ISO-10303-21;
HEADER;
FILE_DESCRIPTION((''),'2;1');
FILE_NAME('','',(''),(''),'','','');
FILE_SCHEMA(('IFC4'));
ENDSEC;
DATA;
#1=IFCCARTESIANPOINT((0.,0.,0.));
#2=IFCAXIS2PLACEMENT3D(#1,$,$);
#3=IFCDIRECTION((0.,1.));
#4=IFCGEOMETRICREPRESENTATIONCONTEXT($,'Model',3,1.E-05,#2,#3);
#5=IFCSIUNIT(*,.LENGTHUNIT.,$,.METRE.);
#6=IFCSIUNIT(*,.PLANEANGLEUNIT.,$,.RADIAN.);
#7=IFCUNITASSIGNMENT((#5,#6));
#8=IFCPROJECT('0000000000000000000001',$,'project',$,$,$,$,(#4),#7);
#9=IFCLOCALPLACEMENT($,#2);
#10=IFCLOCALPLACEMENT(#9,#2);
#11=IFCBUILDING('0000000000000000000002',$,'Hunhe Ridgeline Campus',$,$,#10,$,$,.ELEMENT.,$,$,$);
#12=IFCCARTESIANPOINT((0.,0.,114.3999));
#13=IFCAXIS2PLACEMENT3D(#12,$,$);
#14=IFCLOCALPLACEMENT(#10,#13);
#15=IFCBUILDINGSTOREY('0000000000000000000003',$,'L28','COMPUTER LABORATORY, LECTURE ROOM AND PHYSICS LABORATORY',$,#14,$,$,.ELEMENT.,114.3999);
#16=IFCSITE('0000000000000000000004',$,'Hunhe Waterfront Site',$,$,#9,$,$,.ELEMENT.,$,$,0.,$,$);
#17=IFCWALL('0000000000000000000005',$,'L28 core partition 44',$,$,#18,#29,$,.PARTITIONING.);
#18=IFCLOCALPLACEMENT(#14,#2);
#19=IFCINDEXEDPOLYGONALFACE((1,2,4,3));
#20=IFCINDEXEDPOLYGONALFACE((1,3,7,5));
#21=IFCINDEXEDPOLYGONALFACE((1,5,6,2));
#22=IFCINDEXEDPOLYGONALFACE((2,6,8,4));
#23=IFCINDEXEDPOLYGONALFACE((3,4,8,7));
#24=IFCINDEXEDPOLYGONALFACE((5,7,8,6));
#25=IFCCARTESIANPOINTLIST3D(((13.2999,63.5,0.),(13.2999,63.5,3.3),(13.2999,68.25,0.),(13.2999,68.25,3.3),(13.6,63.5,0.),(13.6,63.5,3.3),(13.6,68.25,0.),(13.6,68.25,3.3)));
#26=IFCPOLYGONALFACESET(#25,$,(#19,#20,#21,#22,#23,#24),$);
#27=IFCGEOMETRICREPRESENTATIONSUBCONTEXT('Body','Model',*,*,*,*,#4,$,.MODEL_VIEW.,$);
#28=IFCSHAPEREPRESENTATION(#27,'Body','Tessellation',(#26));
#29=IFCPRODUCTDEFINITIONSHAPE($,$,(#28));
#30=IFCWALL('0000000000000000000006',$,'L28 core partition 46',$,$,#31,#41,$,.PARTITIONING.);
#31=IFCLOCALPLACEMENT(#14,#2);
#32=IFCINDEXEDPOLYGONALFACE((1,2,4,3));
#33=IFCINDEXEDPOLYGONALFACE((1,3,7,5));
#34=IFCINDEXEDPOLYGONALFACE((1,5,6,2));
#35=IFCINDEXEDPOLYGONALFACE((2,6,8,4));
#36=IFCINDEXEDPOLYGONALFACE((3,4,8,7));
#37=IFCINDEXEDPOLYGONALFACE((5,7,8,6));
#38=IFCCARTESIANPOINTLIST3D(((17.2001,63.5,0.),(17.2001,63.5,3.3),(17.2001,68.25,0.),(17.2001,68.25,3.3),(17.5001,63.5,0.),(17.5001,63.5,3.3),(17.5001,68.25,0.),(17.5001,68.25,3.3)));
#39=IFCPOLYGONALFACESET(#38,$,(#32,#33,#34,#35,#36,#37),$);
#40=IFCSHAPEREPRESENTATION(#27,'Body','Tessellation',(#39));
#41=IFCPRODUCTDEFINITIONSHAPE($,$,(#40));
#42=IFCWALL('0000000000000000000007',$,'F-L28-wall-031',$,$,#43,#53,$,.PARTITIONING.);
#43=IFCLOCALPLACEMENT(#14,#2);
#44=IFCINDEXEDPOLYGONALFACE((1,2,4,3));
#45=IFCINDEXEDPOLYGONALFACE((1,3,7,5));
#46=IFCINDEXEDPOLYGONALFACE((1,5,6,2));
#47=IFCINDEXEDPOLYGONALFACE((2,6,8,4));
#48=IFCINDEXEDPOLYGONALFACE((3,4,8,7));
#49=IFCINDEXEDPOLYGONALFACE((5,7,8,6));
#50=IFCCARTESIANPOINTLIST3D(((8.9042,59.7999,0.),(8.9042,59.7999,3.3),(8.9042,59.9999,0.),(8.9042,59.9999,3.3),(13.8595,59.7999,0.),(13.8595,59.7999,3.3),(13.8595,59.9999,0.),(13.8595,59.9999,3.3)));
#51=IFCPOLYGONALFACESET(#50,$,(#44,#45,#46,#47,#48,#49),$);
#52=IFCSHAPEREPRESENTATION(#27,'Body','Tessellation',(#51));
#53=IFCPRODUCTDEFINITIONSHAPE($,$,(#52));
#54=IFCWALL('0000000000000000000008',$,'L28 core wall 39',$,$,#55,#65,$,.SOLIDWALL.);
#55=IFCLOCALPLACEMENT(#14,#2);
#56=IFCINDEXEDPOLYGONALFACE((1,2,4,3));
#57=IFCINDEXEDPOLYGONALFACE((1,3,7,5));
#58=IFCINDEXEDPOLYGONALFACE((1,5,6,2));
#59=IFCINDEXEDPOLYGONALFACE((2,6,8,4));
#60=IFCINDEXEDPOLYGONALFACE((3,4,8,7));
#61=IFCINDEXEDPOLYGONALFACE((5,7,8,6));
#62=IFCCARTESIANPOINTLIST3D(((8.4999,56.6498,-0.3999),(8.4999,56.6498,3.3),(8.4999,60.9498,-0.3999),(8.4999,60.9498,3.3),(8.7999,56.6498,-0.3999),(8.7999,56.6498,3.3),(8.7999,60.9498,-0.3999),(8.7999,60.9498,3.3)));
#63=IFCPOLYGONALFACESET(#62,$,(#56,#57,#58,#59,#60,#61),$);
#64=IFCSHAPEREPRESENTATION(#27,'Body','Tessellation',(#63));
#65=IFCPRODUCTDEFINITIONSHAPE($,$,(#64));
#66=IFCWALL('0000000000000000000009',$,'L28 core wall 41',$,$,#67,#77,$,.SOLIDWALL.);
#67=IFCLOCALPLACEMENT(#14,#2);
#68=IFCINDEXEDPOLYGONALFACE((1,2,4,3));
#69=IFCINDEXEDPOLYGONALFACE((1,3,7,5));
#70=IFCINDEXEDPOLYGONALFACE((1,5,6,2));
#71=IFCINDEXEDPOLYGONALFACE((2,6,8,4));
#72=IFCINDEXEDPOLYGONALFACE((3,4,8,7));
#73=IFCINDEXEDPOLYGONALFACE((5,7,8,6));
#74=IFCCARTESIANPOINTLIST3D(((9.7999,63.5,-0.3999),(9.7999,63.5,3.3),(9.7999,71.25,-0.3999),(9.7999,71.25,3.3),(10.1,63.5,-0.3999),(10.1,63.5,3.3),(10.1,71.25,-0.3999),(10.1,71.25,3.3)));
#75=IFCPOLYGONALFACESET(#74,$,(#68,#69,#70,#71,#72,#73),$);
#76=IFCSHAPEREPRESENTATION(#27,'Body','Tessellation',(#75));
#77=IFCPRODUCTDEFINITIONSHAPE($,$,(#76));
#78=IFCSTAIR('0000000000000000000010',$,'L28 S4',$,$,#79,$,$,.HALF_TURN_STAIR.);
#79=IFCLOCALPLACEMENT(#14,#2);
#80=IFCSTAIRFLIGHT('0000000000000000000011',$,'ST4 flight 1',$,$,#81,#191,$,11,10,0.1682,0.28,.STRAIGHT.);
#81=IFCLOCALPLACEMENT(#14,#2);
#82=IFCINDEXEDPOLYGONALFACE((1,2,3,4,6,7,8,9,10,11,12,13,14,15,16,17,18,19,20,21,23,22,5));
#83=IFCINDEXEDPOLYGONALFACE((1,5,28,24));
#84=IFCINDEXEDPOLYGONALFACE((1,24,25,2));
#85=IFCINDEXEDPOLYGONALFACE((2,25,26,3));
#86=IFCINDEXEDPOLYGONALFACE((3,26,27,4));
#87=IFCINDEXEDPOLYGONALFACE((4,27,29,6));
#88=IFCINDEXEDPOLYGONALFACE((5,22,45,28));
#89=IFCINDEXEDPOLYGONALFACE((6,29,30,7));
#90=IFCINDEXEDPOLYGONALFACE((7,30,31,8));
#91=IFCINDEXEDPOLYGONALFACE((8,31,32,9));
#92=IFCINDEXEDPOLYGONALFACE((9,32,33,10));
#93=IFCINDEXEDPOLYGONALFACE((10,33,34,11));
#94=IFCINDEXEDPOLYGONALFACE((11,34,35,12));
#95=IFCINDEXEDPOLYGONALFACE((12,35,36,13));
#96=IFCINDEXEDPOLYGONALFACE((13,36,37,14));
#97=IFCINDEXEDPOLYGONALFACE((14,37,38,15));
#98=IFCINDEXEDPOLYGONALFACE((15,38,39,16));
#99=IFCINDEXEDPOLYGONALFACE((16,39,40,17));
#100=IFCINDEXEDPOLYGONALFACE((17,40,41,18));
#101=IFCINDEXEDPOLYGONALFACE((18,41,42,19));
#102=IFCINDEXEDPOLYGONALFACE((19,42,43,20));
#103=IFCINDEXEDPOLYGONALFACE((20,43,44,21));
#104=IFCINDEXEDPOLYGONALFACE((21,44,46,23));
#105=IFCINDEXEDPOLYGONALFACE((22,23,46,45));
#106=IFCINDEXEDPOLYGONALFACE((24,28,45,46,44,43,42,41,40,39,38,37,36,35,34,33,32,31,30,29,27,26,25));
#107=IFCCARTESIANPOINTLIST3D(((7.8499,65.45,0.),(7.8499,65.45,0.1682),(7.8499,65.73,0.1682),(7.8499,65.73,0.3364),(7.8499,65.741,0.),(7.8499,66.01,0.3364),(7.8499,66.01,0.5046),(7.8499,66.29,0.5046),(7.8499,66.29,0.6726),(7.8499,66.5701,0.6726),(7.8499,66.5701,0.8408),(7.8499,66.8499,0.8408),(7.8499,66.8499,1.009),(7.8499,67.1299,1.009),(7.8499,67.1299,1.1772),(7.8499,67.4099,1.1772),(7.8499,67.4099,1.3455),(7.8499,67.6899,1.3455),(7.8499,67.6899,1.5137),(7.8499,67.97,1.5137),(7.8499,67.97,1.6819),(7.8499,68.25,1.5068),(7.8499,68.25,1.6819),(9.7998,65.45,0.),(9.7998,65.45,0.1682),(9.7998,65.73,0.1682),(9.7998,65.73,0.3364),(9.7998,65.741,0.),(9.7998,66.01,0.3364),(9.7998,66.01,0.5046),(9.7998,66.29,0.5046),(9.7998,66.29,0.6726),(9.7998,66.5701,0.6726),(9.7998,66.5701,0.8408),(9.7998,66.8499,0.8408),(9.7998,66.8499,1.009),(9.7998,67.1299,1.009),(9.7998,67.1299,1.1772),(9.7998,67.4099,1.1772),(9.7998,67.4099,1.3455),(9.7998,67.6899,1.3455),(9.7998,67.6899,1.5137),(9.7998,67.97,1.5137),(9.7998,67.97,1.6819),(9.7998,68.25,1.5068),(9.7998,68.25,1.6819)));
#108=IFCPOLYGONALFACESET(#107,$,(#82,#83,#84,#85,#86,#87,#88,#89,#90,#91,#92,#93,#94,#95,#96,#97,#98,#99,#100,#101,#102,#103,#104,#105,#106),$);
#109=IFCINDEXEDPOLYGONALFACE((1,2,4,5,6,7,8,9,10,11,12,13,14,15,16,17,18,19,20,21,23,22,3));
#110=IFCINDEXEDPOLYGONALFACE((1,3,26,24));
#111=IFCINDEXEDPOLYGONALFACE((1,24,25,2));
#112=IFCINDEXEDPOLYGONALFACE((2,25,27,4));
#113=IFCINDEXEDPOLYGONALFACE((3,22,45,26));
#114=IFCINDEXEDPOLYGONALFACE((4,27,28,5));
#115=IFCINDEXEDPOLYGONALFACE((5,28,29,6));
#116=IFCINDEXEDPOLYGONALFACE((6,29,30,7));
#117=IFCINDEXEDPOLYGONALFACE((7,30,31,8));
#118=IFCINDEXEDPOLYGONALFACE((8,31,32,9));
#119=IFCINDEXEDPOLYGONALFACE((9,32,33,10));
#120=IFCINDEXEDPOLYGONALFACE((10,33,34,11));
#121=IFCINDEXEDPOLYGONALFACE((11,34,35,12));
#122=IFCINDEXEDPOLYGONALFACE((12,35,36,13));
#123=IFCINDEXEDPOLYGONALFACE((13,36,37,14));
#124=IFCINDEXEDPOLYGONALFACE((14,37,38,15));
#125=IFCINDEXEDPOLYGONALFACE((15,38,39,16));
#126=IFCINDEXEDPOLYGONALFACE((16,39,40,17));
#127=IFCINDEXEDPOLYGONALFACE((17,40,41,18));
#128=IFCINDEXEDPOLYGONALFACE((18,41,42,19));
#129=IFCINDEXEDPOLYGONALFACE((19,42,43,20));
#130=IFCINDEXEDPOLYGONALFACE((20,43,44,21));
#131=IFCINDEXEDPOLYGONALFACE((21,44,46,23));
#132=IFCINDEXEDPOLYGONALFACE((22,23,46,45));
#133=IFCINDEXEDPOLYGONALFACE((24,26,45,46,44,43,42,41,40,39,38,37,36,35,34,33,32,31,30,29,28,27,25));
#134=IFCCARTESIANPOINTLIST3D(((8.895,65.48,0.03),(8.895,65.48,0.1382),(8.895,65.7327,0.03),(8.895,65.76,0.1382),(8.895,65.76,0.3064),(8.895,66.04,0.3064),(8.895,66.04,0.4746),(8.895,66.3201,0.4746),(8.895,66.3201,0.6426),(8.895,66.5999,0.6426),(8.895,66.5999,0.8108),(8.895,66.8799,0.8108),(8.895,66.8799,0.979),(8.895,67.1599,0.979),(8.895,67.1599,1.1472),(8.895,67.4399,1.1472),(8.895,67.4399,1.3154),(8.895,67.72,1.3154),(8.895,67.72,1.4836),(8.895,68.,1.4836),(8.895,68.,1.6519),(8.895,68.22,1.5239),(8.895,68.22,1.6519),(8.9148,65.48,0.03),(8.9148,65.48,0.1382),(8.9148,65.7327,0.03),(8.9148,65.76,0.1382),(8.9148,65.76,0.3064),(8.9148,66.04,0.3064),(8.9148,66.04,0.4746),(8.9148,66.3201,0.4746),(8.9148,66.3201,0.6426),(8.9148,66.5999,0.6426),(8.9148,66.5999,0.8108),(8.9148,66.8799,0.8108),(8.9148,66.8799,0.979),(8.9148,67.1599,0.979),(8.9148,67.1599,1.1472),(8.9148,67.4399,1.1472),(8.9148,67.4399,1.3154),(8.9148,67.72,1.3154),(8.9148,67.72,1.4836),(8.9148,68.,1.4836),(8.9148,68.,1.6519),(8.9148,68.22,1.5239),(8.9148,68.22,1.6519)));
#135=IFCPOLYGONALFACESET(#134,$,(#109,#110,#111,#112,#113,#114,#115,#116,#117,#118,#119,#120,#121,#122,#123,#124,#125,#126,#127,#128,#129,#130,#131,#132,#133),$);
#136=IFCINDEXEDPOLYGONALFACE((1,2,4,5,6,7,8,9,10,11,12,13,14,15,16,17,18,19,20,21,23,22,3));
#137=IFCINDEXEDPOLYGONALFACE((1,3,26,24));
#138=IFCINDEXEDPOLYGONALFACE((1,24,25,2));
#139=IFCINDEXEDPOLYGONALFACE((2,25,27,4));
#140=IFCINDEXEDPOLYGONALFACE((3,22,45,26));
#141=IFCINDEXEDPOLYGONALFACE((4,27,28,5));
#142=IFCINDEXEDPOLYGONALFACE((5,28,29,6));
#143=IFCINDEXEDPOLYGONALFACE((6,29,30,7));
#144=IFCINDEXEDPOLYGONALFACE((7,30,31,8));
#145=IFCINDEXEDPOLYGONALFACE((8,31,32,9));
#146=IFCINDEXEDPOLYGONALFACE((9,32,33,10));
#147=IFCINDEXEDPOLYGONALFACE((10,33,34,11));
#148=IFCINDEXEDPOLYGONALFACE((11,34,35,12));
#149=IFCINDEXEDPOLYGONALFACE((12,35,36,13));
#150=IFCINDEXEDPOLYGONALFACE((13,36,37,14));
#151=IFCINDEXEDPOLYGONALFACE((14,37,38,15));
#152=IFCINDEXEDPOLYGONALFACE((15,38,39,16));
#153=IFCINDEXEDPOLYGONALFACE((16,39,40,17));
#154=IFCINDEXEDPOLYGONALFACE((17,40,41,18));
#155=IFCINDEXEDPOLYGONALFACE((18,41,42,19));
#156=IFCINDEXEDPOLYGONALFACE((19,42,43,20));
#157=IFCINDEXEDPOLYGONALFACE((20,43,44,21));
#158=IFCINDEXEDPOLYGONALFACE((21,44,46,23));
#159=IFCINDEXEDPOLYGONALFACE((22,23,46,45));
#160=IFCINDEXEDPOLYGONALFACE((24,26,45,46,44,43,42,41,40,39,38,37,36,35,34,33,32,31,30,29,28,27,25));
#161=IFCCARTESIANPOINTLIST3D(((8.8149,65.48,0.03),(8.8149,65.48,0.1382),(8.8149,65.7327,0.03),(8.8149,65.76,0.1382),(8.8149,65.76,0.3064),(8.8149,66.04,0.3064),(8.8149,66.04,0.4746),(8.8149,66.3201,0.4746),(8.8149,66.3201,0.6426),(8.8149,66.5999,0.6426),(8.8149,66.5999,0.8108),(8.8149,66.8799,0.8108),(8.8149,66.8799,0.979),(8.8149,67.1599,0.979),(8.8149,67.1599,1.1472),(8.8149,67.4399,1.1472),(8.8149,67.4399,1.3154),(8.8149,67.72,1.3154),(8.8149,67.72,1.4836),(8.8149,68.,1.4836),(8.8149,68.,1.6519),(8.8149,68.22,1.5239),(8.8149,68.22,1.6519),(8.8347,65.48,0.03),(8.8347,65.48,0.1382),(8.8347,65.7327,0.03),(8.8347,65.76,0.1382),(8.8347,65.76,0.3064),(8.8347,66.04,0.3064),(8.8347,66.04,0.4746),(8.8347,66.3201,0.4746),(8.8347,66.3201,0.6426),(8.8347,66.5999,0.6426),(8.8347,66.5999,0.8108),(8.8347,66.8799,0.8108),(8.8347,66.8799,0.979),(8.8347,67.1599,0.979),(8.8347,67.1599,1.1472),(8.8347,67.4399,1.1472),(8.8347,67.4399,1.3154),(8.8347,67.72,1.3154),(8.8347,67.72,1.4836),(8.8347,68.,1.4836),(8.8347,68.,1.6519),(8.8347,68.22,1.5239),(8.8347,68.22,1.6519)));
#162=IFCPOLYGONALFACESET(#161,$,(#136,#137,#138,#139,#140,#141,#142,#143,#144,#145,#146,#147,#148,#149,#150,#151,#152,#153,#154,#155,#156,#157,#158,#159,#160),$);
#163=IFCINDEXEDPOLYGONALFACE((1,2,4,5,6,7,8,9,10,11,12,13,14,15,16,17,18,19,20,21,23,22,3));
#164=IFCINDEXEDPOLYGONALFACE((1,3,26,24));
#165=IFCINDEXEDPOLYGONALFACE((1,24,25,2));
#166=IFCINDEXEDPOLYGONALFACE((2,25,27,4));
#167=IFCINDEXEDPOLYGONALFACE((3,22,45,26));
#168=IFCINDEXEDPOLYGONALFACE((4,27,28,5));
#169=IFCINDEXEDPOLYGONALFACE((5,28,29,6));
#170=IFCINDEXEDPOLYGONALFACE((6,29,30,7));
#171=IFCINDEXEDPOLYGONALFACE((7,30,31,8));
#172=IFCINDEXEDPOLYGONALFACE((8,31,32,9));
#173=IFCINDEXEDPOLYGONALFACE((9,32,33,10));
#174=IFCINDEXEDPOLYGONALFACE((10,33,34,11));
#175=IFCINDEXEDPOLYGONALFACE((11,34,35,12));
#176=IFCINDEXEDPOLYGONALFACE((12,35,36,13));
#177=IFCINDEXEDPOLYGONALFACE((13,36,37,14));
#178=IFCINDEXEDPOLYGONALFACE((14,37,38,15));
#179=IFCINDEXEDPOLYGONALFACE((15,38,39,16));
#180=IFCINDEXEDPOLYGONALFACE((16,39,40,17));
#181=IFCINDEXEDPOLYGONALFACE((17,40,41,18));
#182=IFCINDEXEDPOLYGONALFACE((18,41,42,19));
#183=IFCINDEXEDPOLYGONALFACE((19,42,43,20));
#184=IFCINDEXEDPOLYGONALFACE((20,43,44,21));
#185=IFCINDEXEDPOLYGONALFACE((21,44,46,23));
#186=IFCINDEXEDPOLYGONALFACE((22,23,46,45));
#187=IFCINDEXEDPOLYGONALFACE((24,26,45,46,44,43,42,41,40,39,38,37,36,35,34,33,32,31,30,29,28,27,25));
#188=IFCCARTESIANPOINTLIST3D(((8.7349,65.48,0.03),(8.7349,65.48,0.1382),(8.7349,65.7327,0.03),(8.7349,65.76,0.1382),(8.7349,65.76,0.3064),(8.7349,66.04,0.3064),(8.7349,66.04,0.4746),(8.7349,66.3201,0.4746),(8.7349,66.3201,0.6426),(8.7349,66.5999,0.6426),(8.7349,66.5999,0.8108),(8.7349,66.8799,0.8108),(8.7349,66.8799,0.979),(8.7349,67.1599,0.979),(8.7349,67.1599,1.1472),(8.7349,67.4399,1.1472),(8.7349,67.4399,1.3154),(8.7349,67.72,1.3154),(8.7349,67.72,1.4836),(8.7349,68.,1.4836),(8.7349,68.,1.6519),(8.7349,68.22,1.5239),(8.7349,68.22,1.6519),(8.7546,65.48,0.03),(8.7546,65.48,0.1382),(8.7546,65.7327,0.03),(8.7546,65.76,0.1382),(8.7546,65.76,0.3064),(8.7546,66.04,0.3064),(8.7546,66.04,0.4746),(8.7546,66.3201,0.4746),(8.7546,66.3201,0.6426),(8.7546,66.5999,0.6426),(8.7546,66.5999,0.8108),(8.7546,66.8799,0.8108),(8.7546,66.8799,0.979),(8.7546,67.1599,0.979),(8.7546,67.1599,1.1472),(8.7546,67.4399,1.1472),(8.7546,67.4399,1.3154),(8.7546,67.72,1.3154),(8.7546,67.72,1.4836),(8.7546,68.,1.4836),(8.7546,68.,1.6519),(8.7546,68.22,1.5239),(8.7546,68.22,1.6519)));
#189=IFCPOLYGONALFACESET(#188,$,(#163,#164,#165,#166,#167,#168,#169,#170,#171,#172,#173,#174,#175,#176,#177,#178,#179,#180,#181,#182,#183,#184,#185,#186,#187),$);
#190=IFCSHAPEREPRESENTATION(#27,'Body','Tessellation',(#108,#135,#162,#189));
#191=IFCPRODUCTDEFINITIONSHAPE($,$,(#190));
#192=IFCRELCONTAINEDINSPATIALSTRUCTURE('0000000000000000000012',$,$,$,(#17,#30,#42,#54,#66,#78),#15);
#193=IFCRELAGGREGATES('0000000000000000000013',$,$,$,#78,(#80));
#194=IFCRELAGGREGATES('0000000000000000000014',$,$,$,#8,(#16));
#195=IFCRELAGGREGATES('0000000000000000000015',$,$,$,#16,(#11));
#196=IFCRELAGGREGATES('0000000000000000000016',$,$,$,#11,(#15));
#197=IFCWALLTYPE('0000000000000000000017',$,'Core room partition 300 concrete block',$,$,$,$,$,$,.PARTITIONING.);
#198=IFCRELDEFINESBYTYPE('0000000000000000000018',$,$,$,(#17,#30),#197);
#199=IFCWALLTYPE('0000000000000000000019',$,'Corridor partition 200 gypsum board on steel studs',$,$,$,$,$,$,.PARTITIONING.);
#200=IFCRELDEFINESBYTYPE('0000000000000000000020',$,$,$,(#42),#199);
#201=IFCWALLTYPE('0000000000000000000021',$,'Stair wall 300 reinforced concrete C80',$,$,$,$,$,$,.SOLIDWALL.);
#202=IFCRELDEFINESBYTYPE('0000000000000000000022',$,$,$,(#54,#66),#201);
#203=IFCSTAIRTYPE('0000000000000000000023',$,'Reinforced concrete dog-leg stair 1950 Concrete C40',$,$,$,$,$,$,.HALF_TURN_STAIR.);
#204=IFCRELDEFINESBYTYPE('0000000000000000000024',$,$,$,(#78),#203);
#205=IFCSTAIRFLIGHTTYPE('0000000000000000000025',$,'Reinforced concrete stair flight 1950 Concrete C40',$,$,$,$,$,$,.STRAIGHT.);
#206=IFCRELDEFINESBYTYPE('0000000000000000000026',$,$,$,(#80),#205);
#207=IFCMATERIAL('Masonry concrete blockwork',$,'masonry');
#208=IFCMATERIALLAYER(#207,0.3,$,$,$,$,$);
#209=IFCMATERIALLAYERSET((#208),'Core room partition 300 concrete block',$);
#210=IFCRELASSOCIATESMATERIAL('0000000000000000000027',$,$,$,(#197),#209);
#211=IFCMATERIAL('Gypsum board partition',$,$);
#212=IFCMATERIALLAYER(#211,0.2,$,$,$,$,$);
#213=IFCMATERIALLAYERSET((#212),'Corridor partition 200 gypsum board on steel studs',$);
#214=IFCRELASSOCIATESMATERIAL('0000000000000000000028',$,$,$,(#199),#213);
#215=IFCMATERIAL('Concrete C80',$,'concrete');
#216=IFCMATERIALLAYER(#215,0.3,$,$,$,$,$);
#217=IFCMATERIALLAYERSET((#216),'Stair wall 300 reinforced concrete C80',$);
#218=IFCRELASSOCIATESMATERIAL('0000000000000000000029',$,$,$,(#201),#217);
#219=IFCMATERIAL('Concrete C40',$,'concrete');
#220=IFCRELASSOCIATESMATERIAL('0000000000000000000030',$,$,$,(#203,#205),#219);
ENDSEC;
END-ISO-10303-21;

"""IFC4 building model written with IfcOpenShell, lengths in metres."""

from ifc_helpers import new_model, si_unit, direction, frame, frame_2d, origin, place, context, subcontext, project, spatial, polyline, rectangle, outline, extrude, material, layer, layer_set, type_object, element, aggregate, save


model = new_model("IFC4")

# Units and contexts
model_context = context("Model", 3, precision=1e-05, world=origin(), true_north=direction((0.0, 1.0)))
body_context = subcontext(model_context, "Body", "Model", "MODEL_VIEW")
ifc_project = project(units=[si_unit("LENGTHUNIT", "METRE"), si_unit("PLANEANGLEUNIT", "RADIAN")], contexts=[model_context])

# Site, building, storey
site_placement = place(None, origin())
site = spatial("IfcSite", under=ifc_project, at=site_placement, Name="Hunhe Waterfront Site", CompositionType="ELEMENT", RefElevation=0.0)
building_placement = place(site_placement, origin())
building = spatial("IfcBuilding", under=site, at=building_placement, Name="Hunhe Ridgeline Campus", CompositionType="ELEMENT")
storey_placement = place(building_placement, frame((0.0, 0.0, 114.3999)))
storey = spatial("IfcBuildingStorey", under=building, at=storey_placement, Name="L28", Description="COMPUTER LABORATORY, LECTURE ROOM AND PHYSICS LABORATORY", CompositionType="ELEMENT", Elevation=114.3999)

# Shared definitions
ifc_material_1 = material(Name="Masonry concrete blockwork", Category="masonry")
ifc_layer_1 = layer(ifc_material_1, 0.3)
ifc_layer_set_1 = layer_set([ifc_layer_1], Name="Core room partition 300 concrete block")
wall_type_1 = type_object("IfcWallType", Name="Core room partition 300 concrete block", PredefinedType="PARTITIONING", material=ifc_layer_set_1)

# Walls
for number, where, z_axis, x_axis, name in (
    (1, (13.45, 63.5, 0.0), (0.0, 0.0, 1.0), (0.0, 1.0, 0.0), "L28 core partition 44"),
    (2, (17.3501, 63.5, 0.0), (0.0, 0.0, 1.0), (0.0, 1.0, 0.0), "L28 core partition 46"),
):
    element("IfcWall", number, at=place(storey_placement, frame(where, z_axis=z_axis, x_axis=x_axis)), inside=storey, type_object=wall_type_1, Name=name, PredefinedType="PARTITIONING", context=body_context, shape_type="SweptSolid", body=[
        extrude(rectangle(XDim=4.75, YDim=0.3, at=frame_2d((2.375, 0.0))), origin(), (0.0, 0.0, 1.0), 3.3),
    ])
ifc_material_2 = material(Name="Gypsum board partition")
ifc_layer_2 = layer(ifc_material_2, 0.2)
ifc_layer_set_2 = layer_set([ifc_layer_2], Name="Corridor partition 200 gypsum board on steel studs")
wall_type_2 = type_object("IfcWallType", Name="Corridor partition 200 gypsum board on steel studs", PredefinedType="PARTITIONING", material=ifc_layer_set_2)
wall_1_placement = place(storey_placement, frame((13.8594, 59.8999, 0.0), z_axis=(0.0, 0.0, 1.0), x_axis=(-1.0, 0.0, 0.0)))
element("IfcWall", 3, at=wall_1_placement, inside=storey, type_object=wall_type_2, Name="F-L28-wall-031", PredefinedType="PARTITIONING", context=body_context, shape_type="SweptSolid", body=[
    extrude(rectangle(XDim=4.9553, YDim=0.2, at=frame_2d((2.4775, 0.0))), origin(), (0.0, 0.0, 1.0), 3.3),
])

# Walls
ifc_material_3 = material(Name="Concrete C80", Category="concrete")
ifc_layer_3 = layer(ifc_material_3, 0.3)
ifc_layer_set_3 = layer_set([ifc_layer_3], Name="Stair wall 300 reinforced concrete C80")
wall_type_3 = type_object("IfcWallType", Name="Stair wall 300 reinforced concrete C80", PredefinedType="SOLIDWALL", material=ifc_layer_set_3)
wall_2_placement = place(storey_placement, frame((8.6499, 56.6499, -0.3999), z_axis=(0.0, 0.0, 1.0), x_axis=(0.0, 1.0, 0.0)))
element("IfcWall", 4, at=wall_2_placement, inside=storey, type_object=wall_type_3, Name="L28 core wall 39", PredefinedType="SOLIDWALL", context=body_context, shape_type="SweptSolid", body=[
    extrude(rectangle(XDim=4.3, YDim=0.3, at=frame_2d((2.1499, 0.0))), origin(), (0.0, 0.0, 1.0), 3.7),
])
wall_3_placement = place(storey_placement, frame((9.95, 63.5, -0.3999), z_axis=(0.0, 0.0, 1.0), x_axis=(0.0, 1.0, 0.0)))
element("IfcWall", 5, at=wall_3_placement, inside=storey, type_object=wall_type_3, Name="L28 core wall 41", PredefinedType="SOLIDWALL", context=body_context, shape_type="SweptSolid", body=[
    extrude(rectangle(XDim=7.75, YDim=0.3, at=frame_2d((3.875, 0.0))), origin(), (0.0, 0.0, 1.0), 3.7),
])

# Stair, stair flight
ifc_material_4 = material(Name="Concrete C40", Category="concrete")
stair_type = type_object("IfcStairType", Name="Reinforced concrete dog-leg stair 1950 Concrete C40", PredefinedType="HALF_TURN_STAIR", material=ifc_material_4)
stair_1_placement = place(storey_placement, origin())
stair_1 = element("IfcStair", 6, at=stair_1_placement, inside=storey, type_object=stair_type, Name="L28 S4", PredefinedType="HALF_TURN_STAIR")
stair_flight_type = type_object("IfcStairFlightType", Name="Reinforced concrete stair flight 1950 Concrete C40", PredefinedType="STRAIGHT", material=ifc_material_4)
stair_flight_1_placement = place(storey_placement, frame((8.825, 65.45, 0.0), z_axis=(0.0, 0.0, 1.0), x_axis=(0.0, 1.0, 0.0)))
stair_flight_1 = element("IfcStairFlight", 7, at=stair_flight_1_placement, type_object=stair_flight_type, Name="ST4 flight 1", NumberOfRisers=11, NumberOfTreads=10, PredefinedType="STRAIGHT", RiserHeight=0.1682, TreadLength=0.28, context=body_context, shape_type="SweptSolid", body=[
    extrude(outline(polyline([(0.0, 0.0), (0.0, 0.1682), (0.28, 0.1682), (0.28, 0.3364), (0.5601, 0.3364), (0.5601, 0.5046), (0.8401, 0.5046), (0.8401, 0.6726), (1.1201, 0.6726), (1.1201, 0.8408), (1.3999, 0.8408), (1.3999, 1.009), (1.6799, 1.009), (1.6799, 1.1772), (1.96, 1.1772), (1.96, 1.3455), (2.24, 1.3455), (2.24, 1.5137), (2.52, 1.5137), (2.52, 1.6819), (2.8, 1.6819), (2.8, 1.8501), (2.8, 1.5068), (0.291, 0.0), (0.0, 0.0)])), frame((0.0, 0.9751, 0.0), z_axis=(0.0, -1.0, 0.0), x_axis=(1.0, 0.0, 0.0)), (0.0, 0.0, 1.0), 1.95),
    extrude(outline(polyline([(0.03, 0.03), (0.03, 0.1382), (0.3101, 0.1382), (0.3101, 0.3064), (0.5901, 0.3064), (0.5901, 0.4746), (0.8701, 0.4746), (0.8701, 0.6426), (1.1499, 0.6426), (1.1499, 0.8108), (1.4299, 0.8108), (1.4299, 0.979), (1.71, 0.979), (1.71, 1.1472), (1.99, 1.1472), (1.99, 1.3154), (2.27, 1.3154), (2.27, 1.4836), (2.55, 1.4836), (2.55, 1.6519), (2.77, 1.6519), (2.77, 1.5239), (0.2827, 0.03), (0.03, 0.03)])), frame((0.0, -0.0701, 0.0), z_axis=(0.0, -1.0, 0.0), x_axis=(1.0, 0.0, 0.0)), (0.0, 0.0, 1.0), 0.0198),
    extrude(outline(polyline([(0.03, 0.03), (0.03, 0.1382), (0.3101, 0.1382), (0.3101, 0.3064), (0.5901, 0.3064), (0.5901, 0.4746), (0.8701, 0.4746), (0.8701, 0.6426), (1.1499, 0.6426), (1.1499, 0.8108), (1.4299, 0.8108), (1.4299, 0.979), (1.71, 0.979), (1.71, 1.1472), (1.99, 1.1472), (1.99, 1.3154), (2.27, 1.3154), (2.27, 1.4836), (2.55, 1.4836), (2.55, 1.6519), (2.77, 1.6519), (2.77, 1.5239), (0.2827, 0.03), (0.03, 0.03)])), frame((0.0, 0.01, 0.0), z_axis=(0.0, -1.0, 0.0), x_axis=(1.0, 0.0, 0.0)), (0.0, 0.0, 1.0), 0.0198),
    extrude(outline(polyline([(0.03, 0.03), (0.03, 0.1382), (0.3101, 0.1382), (0.3101, 0.3064), (0.5901, 0.3064), (0.5901, 0.4746), (0.8701, 0.4746), (0.8701, 0.6426), (1.1499, 0.6426), (1.1499, 0.8108), (1.4299, 0.8108), (1.4299, 0.979), (1.71, 0.979), (1.71, 1.1472), (1.99, 1.1472), (1.99, 1.3154), (2.27, 1.3154), (2.27, 1.4836), (2.55, 1.4836), (2.55, 1.6519), (2.77, 1.6519), (2.77, 1.5239), (0.2827, 0.03), (0.03, 0.03)])), frame((0.0, 0.0901, 0.0), z_axis=(0.0, -1.0, 0.0), x_axis=(1.0, 0.0, 0.0)), (0.0, 0.0, 1.0), 0.0198),
])
aggregate(stair_1, [stair_flight_1])

save(model, "model.ifc")
